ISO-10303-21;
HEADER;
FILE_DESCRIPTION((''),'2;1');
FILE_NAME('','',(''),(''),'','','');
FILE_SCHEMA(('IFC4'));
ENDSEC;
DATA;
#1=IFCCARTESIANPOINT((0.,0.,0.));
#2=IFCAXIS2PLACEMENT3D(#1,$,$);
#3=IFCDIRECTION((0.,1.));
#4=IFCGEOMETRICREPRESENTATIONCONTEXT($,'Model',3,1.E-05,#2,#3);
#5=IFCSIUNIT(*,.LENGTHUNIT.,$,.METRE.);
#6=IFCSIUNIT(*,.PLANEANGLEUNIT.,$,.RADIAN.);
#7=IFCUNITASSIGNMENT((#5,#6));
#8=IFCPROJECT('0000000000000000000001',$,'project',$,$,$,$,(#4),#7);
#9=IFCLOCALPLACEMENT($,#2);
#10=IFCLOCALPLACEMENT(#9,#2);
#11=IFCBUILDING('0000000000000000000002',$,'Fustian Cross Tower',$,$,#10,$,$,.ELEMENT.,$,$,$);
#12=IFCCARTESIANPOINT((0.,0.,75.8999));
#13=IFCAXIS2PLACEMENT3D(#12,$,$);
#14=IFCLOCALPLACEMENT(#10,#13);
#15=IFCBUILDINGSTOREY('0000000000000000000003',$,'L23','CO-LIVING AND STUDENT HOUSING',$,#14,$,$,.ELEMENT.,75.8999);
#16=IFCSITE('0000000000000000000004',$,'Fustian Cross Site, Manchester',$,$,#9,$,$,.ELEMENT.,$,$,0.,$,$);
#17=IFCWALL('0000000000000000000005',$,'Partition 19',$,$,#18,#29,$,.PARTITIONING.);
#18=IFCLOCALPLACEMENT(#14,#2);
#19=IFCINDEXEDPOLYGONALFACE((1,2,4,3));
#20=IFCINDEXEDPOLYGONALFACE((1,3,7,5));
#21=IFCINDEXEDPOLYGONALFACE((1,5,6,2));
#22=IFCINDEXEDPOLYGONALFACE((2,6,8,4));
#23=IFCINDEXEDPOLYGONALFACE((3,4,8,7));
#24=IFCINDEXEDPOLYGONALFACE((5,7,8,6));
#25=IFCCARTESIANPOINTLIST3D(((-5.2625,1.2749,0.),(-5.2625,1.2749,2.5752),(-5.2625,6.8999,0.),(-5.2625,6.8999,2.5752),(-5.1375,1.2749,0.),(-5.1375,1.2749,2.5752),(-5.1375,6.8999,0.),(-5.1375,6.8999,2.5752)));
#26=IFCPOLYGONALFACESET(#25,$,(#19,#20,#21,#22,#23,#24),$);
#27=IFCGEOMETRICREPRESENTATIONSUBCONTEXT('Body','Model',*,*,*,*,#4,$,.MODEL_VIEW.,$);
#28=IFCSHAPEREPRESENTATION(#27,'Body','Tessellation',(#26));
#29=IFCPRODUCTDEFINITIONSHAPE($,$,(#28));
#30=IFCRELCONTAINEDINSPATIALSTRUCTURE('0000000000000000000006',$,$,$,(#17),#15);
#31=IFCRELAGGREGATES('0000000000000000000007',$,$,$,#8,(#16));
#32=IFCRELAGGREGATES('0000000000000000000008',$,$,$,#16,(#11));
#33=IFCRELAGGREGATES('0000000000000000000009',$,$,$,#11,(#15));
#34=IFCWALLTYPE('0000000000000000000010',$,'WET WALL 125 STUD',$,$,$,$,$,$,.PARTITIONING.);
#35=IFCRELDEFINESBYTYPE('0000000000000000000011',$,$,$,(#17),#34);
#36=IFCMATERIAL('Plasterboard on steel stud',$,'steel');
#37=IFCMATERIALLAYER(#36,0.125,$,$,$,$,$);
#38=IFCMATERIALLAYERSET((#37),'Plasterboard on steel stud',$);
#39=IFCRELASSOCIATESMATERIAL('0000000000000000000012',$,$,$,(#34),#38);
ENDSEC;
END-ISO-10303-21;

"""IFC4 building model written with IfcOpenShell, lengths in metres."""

from ifc_helpers import new_model, si_unit, direction, frame, frame_2d, origin, place, context, subcontext, project, spatial, rectangle, extrude, material, layer, layer_set, type_object, element, save


model = new_model("IFC4")

# Units and contexts
model_context = context("Model", 3, precision=1e-05, world=origin(), true_north=direction((0.0, 1.0)))
body_context = subcontext(model_context, "Body", "Model", "MODEL_VIEW")
ifc_project = project(units=[si_unit("LENGTHUNIT", "METRE"), si_unit("PLANEANGLEUNIT", "RADIAN")], contexts=[model_context])

# Site, building, storey
site_placement = place(None, origin())
site = spatial("IfcSite", under=ifc_project, at=site_placement, Name="Fustian Cross Site, Manchester", CompositionType="ELEMENT", RefElevation=0.0)
building_placement = place(site_placement, origin())
building = spatial("IfcBuilding", under=site, at=building_placement, Name="Fustian Cross Tower", CompositionType="ELEMENT")
storey_placement = place(building_placement, frame((0.0, 0.0, 75.8999)))
storey = spatial("IfcBuildingStorey", under=building, at=storey_placement, Name="L23", Description="CO-LIVING AND STUDENT HOUSING", CompositionType="ELEMENT", Elevation=75.8999)

# Wall
ifc_material_1 = material(Name="Plasterboard on steel stud", Category="steel")
ifc_layer_1 = layer(ifc_material_1, 0.125)
ifc_layer_set_1 = layer_set([ifc_layer_1], Name="Plasterboard on steel stud")
wall_type_1 = type_object("IfcWallType", Name="WET WALL 125 STUD", PredefinedType="PARTITIONING", material=ifc_layer_set_1)
wall_1_placement = place(storey_placement, frame((-5.2, 1.2749, 0.0), z_axis=(0.0, 0.0, 1.0), x_axis=(0.0, 1.0, 0.0)))
element("IfcWall", 1, at=wall_1_placement, inside=storey, type_object=wall_type_1, Name="Partition 19", PredefinedType="PARTITIONING", context=body_context, shape_type="SweptSolid", body=[
    extrude(rectangle(XDim=5.625, YDim=0.125, at=frame_2d((2.8125, 0.0))), origin(), (0.0, 0.0, 1.0), 2.5752),
])

save(model, "model.ifc")
